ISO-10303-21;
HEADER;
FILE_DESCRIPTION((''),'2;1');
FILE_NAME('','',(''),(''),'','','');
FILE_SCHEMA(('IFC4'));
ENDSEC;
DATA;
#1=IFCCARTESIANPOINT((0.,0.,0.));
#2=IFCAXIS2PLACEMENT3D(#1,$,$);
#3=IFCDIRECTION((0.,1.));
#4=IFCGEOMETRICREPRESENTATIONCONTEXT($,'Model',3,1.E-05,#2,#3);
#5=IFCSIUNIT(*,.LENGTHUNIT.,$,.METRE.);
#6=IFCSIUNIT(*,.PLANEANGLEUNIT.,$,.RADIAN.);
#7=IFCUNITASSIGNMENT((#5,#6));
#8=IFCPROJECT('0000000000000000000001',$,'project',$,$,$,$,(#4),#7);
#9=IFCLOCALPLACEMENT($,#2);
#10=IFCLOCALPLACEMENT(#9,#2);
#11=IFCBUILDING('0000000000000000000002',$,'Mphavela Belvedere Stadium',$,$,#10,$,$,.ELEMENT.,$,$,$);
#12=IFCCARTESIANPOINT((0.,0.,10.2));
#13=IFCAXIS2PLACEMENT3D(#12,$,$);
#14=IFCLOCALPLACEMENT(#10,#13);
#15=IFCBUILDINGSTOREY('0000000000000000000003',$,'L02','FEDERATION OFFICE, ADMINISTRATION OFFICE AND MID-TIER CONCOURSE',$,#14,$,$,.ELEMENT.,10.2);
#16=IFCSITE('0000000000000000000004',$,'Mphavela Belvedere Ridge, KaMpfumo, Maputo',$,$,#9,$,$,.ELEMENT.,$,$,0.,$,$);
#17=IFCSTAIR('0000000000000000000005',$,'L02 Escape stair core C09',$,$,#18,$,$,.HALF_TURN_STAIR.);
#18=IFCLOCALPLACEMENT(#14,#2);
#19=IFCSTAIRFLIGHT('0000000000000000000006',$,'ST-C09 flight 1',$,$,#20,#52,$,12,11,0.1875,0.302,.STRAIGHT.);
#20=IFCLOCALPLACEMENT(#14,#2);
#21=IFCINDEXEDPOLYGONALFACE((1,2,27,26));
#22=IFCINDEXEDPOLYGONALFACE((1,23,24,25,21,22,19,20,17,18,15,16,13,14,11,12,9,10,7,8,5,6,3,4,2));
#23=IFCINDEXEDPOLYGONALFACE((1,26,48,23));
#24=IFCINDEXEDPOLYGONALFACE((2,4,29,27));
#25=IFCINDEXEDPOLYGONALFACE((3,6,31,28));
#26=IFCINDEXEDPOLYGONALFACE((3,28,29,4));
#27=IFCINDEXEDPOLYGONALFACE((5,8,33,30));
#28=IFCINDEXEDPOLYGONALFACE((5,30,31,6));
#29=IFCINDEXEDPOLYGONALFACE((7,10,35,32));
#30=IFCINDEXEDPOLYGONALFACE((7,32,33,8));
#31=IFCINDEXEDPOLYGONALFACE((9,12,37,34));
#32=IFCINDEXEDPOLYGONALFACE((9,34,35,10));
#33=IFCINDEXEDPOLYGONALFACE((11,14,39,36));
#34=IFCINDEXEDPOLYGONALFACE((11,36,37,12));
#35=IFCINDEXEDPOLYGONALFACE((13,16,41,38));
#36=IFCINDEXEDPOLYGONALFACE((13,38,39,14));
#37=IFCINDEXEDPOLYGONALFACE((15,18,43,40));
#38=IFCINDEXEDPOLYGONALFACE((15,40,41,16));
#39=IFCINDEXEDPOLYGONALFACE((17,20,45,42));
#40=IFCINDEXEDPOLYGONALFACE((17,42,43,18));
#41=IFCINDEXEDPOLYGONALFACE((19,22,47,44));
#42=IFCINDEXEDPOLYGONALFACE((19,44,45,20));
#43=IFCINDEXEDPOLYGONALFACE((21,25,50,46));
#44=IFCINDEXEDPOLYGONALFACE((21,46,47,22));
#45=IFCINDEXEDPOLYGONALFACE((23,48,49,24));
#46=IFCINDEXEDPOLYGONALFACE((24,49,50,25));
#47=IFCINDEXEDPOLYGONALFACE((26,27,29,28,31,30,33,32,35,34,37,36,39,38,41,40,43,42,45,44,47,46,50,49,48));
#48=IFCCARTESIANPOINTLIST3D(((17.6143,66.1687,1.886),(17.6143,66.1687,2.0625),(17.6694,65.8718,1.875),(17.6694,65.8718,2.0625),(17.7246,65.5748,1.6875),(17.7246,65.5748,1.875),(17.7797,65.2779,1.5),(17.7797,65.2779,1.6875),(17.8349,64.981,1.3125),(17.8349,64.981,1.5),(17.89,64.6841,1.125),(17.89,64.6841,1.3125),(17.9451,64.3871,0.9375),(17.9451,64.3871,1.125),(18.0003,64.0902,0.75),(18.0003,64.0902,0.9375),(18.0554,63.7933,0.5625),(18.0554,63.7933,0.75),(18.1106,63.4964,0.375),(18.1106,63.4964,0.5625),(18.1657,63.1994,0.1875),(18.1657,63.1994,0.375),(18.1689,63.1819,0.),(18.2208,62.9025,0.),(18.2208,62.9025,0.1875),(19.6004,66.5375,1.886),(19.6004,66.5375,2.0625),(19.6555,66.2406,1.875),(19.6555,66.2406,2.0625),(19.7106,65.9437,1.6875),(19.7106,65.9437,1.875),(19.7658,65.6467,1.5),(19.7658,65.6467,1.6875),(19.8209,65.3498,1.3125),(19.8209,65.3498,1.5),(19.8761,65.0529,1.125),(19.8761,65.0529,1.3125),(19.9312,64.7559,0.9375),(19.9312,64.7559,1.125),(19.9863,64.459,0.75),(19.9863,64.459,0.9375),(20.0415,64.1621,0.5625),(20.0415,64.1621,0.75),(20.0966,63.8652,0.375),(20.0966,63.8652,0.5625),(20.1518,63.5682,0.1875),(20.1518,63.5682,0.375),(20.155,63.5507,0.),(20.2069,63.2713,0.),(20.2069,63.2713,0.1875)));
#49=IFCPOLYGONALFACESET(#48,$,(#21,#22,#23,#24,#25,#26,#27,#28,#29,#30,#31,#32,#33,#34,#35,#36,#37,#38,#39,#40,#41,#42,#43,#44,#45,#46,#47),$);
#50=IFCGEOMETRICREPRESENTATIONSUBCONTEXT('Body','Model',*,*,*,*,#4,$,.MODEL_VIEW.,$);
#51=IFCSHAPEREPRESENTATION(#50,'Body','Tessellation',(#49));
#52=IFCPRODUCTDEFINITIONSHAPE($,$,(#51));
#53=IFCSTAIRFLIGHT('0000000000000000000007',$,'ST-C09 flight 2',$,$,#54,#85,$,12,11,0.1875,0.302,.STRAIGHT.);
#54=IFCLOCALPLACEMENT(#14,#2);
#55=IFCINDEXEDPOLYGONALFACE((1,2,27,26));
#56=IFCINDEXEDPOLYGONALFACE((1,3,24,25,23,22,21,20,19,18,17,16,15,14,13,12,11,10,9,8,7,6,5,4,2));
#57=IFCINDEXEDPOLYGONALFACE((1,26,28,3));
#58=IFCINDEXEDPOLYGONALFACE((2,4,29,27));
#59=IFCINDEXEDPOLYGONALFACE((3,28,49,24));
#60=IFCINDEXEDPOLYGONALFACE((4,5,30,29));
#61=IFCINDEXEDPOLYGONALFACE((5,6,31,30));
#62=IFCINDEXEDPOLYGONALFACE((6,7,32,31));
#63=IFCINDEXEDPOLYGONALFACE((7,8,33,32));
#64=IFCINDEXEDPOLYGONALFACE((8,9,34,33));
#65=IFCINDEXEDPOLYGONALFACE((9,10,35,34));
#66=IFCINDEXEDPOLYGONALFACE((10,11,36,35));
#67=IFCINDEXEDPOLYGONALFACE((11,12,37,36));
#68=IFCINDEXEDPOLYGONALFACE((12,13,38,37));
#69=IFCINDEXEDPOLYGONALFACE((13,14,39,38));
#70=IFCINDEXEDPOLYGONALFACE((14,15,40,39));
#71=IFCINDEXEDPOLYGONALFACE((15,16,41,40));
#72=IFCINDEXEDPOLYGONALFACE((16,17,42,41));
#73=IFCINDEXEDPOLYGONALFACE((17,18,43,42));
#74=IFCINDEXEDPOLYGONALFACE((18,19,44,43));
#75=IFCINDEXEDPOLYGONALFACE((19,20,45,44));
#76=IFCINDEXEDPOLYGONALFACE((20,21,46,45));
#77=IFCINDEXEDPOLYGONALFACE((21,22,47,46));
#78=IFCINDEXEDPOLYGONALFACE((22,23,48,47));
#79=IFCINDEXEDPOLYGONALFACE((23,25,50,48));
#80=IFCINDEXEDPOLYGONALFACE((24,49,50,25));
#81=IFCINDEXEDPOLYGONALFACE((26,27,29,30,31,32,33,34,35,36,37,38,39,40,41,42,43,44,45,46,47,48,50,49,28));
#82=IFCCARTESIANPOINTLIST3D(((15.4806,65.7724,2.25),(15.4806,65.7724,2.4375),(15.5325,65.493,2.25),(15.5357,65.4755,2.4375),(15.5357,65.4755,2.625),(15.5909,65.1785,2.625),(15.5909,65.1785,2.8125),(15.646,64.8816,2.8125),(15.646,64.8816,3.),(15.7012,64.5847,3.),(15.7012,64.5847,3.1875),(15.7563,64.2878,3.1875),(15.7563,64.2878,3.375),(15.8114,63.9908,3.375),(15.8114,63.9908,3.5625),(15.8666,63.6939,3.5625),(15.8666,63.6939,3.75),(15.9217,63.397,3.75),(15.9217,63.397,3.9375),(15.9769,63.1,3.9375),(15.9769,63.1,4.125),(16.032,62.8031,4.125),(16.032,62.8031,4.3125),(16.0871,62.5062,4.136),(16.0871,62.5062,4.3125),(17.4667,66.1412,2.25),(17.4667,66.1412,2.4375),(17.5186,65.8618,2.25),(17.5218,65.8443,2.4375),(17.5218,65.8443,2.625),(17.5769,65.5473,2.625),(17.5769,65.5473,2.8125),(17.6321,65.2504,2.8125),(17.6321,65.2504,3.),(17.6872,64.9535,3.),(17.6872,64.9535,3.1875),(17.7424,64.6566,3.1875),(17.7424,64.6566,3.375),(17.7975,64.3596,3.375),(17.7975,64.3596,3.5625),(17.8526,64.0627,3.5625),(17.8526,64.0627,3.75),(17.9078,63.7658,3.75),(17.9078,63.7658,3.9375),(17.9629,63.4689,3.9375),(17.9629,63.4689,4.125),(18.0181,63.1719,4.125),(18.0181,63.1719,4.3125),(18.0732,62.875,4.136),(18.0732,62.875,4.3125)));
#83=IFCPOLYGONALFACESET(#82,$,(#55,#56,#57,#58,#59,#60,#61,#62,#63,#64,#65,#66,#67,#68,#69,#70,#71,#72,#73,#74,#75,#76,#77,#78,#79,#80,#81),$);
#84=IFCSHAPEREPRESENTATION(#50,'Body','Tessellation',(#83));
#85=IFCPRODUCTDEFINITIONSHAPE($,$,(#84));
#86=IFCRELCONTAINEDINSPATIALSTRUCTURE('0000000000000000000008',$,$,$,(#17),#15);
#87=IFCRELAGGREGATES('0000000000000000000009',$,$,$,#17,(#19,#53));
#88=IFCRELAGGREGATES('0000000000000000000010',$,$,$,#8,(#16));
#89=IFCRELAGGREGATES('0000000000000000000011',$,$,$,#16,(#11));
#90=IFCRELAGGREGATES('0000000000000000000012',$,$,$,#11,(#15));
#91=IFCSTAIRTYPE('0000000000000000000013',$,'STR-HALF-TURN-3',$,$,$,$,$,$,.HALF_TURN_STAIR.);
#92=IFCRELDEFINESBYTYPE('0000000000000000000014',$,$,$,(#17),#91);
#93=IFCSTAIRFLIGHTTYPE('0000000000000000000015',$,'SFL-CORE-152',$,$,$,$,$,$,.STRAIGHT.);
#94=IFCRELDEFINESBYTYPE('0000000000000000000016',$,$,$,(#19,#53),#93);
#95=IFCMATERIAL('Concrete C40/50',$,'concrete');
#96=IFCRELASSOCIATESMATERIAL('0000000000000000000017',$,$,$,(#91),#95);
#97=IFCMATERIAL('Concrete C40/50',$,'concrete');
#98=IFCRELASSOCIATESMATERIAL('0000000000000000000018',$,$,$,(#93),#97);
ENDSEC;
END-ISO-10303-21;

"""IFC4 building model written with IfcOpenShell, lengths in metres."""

from ifc_helpers import new_model, si_unit, direction, frame, origin, place, context, subcontext, project, spatial, polyline, outline, extrude, material, type_object, element, aggregate, save


model = new_model("IFC4")

# Units and contexts
model_context = context("Model", 3, precision=1e-05, world=origin(), true_north=direction((0.0, 1.0)))
body_context = subcontext(model_context, "Body", "Model", "MODEL_VIEW")
ifc_project = project(units=[si_unit("LENGTHUNIT", "METRE"), si_unit("PLANEANGLEUNIT", "RADIAN")], contexts=[model_context])

# Site, building, storey
site_placement = place(None, origin())
site = spatial("IfcSite", under=ifc_project, at=site_placement, Name="Mphavela Belvedere Ridge, KaMpfumo, Maputo", CompositionType="ELEMENT", RefElevation=0.0)
building_placement = place(site_placement, origin())
building = spatial("IfcBuilding", under=site, at=building_placement, Name="Mphavela Belvedere Stadium", CompositionType="ELEMENT")
storey_placement = place(building_placement, frame((0.0, 0.0, 10.2)))
storey = spatial("IfcBuildingStorey", under=building, at=storey_placement, Name="L02", Description="FEDERATION OFFICE, ADMINISTRATION OFFICE AND MID-TIER CONCOURSE", CompositionType="ELEMENT", Elevation=10.2)

# Stair, stair flights
ifc_material_1 = material(Name="Concrete C40/50", Category="concrete")
stair_type = type_object("IfcStairType", Name="STR-HALF-TURN-3", PredefinedType="HALF_TURN_STAIR", material=ifc_material_1)
stair_placement = place(storey_placement, origin())
stair = element("IfcStair", 1, at=stair_placement, inside=storey, type_object=stair_type, Name="L02 Escape stair core C09", PredefinedType="HALF_TURN_STAIR")
ifc_material_2 = material(Name="Concrete C40/50", Category="concrete")
stair_flight_type = type_object("IfcStairFlightType", Name="SFL-CORE-152", PredefinedType="STRAIGHT", material=ifc_material_2)
stair_flight_1_placement = place(storey_placement, frame((19.2139, 63.0869, 0.0), z_axis=(0.0, 0.0, 1.0), x_axis=(-0.182579, 0.983191, 0.0)))
stair_flight_1 = element("IfcStairFlight", 2, at=stair_flight_1_placement, type_object=stair_flight_type, Name="ST-C09 flight 1", NumberOfRisers=12, NumberOfTreads=11, PredefinedType="STRAIGHT", RiserHeight=0.1875, TreadLength=0.302, context=body_context, shape_type="SweptSolid", body=[
    extrude(outline(polyline([(0.0, 0.0), (0.0, 0.1875), (0.302, 0.1875), (0.302, 0.375), (0.604, 0.375), (0.604, 0.5625), (0.906, 0.5625), (0.906, 0.75), (1.208, 0.75), (1.208, 0.9375), (1.51, 0.9375), (1.51, 1.125), (1.812, 1.125), (1.812, 1.3125), (2.114, 1.3125), (2.114, 1.5), (2.416, 1.5), (2.416, 1.6875), (2.718, 1.6875), (2.718, 1.875), (3.02, 1.875), (3.02, 2.0625), (3.322, 2.0625), (3.322, 2.25), (3.322, 1.886), (0.2842, 0.0), (0.0, 0.0)])), frame((0.0, 1.01, 0.0), z_axis=(0.0, -1.0, 0.0), x_axis=(1.0, 0.0, 0.0)), (0.0, 0.0, 1.0), 2.02),
])
stair_flight_2_placement = place(storey_placement, frame((16.4736, 65.9568, 2.25), z_axis=(0.0, 0.0, 1.0), x_axis=(0.182579, -0.983191, 0.0)))
stair_flight_2 = element("IfcStairFlight", 3, at=stair_flight_2_placement, type_object=stair_flight_type, Name="ST-C09 flight 2", NumberOfRisers=12, NumberOfTreads=11, PredefinedType="STRAIGHT", RiserHeight=0.1875, TreadLength=0.302, context=body_context, shape_type="SweptSolid", body=[
    extrude(outline(polyline([(0.0, 0.0), (0.0, 0.1875), (0.302, 0.1875), (0.302, 0.375), (0.604, 0.375), (0.604, 0.5625), (0.906, 0.5625), (0.906, 0.75), (1.208, 0.75), (1.208, 0.9375), (1.51, 0.9375), (1.51, 1.125), (1.812, 1.125), (1.812, 1.3125), (2.114, 1.3125), (2.114, 1.5), (2.416, 1.5), (2.416, 1.6875), (2.718, 1.6875), (2.718, 1.875), (3.02, 1.875), (3.02, 2.0625), (3.322, 2.0625), (3.322, 2.25), (3.322, 1.886), (0.2842, 0.0), (0.0, 0.0)])), frame((0.0, 1.01, 0.0), z_axis=(0.0, -1.0, 0.0), x_axis=(1.0, 0.0, 0.0)), (0.0, 0.0, 1.0), 2.02),
])
aggregate(stair, [stair_flight_1, stair_flight_2])

save(model, "model.ifc")
